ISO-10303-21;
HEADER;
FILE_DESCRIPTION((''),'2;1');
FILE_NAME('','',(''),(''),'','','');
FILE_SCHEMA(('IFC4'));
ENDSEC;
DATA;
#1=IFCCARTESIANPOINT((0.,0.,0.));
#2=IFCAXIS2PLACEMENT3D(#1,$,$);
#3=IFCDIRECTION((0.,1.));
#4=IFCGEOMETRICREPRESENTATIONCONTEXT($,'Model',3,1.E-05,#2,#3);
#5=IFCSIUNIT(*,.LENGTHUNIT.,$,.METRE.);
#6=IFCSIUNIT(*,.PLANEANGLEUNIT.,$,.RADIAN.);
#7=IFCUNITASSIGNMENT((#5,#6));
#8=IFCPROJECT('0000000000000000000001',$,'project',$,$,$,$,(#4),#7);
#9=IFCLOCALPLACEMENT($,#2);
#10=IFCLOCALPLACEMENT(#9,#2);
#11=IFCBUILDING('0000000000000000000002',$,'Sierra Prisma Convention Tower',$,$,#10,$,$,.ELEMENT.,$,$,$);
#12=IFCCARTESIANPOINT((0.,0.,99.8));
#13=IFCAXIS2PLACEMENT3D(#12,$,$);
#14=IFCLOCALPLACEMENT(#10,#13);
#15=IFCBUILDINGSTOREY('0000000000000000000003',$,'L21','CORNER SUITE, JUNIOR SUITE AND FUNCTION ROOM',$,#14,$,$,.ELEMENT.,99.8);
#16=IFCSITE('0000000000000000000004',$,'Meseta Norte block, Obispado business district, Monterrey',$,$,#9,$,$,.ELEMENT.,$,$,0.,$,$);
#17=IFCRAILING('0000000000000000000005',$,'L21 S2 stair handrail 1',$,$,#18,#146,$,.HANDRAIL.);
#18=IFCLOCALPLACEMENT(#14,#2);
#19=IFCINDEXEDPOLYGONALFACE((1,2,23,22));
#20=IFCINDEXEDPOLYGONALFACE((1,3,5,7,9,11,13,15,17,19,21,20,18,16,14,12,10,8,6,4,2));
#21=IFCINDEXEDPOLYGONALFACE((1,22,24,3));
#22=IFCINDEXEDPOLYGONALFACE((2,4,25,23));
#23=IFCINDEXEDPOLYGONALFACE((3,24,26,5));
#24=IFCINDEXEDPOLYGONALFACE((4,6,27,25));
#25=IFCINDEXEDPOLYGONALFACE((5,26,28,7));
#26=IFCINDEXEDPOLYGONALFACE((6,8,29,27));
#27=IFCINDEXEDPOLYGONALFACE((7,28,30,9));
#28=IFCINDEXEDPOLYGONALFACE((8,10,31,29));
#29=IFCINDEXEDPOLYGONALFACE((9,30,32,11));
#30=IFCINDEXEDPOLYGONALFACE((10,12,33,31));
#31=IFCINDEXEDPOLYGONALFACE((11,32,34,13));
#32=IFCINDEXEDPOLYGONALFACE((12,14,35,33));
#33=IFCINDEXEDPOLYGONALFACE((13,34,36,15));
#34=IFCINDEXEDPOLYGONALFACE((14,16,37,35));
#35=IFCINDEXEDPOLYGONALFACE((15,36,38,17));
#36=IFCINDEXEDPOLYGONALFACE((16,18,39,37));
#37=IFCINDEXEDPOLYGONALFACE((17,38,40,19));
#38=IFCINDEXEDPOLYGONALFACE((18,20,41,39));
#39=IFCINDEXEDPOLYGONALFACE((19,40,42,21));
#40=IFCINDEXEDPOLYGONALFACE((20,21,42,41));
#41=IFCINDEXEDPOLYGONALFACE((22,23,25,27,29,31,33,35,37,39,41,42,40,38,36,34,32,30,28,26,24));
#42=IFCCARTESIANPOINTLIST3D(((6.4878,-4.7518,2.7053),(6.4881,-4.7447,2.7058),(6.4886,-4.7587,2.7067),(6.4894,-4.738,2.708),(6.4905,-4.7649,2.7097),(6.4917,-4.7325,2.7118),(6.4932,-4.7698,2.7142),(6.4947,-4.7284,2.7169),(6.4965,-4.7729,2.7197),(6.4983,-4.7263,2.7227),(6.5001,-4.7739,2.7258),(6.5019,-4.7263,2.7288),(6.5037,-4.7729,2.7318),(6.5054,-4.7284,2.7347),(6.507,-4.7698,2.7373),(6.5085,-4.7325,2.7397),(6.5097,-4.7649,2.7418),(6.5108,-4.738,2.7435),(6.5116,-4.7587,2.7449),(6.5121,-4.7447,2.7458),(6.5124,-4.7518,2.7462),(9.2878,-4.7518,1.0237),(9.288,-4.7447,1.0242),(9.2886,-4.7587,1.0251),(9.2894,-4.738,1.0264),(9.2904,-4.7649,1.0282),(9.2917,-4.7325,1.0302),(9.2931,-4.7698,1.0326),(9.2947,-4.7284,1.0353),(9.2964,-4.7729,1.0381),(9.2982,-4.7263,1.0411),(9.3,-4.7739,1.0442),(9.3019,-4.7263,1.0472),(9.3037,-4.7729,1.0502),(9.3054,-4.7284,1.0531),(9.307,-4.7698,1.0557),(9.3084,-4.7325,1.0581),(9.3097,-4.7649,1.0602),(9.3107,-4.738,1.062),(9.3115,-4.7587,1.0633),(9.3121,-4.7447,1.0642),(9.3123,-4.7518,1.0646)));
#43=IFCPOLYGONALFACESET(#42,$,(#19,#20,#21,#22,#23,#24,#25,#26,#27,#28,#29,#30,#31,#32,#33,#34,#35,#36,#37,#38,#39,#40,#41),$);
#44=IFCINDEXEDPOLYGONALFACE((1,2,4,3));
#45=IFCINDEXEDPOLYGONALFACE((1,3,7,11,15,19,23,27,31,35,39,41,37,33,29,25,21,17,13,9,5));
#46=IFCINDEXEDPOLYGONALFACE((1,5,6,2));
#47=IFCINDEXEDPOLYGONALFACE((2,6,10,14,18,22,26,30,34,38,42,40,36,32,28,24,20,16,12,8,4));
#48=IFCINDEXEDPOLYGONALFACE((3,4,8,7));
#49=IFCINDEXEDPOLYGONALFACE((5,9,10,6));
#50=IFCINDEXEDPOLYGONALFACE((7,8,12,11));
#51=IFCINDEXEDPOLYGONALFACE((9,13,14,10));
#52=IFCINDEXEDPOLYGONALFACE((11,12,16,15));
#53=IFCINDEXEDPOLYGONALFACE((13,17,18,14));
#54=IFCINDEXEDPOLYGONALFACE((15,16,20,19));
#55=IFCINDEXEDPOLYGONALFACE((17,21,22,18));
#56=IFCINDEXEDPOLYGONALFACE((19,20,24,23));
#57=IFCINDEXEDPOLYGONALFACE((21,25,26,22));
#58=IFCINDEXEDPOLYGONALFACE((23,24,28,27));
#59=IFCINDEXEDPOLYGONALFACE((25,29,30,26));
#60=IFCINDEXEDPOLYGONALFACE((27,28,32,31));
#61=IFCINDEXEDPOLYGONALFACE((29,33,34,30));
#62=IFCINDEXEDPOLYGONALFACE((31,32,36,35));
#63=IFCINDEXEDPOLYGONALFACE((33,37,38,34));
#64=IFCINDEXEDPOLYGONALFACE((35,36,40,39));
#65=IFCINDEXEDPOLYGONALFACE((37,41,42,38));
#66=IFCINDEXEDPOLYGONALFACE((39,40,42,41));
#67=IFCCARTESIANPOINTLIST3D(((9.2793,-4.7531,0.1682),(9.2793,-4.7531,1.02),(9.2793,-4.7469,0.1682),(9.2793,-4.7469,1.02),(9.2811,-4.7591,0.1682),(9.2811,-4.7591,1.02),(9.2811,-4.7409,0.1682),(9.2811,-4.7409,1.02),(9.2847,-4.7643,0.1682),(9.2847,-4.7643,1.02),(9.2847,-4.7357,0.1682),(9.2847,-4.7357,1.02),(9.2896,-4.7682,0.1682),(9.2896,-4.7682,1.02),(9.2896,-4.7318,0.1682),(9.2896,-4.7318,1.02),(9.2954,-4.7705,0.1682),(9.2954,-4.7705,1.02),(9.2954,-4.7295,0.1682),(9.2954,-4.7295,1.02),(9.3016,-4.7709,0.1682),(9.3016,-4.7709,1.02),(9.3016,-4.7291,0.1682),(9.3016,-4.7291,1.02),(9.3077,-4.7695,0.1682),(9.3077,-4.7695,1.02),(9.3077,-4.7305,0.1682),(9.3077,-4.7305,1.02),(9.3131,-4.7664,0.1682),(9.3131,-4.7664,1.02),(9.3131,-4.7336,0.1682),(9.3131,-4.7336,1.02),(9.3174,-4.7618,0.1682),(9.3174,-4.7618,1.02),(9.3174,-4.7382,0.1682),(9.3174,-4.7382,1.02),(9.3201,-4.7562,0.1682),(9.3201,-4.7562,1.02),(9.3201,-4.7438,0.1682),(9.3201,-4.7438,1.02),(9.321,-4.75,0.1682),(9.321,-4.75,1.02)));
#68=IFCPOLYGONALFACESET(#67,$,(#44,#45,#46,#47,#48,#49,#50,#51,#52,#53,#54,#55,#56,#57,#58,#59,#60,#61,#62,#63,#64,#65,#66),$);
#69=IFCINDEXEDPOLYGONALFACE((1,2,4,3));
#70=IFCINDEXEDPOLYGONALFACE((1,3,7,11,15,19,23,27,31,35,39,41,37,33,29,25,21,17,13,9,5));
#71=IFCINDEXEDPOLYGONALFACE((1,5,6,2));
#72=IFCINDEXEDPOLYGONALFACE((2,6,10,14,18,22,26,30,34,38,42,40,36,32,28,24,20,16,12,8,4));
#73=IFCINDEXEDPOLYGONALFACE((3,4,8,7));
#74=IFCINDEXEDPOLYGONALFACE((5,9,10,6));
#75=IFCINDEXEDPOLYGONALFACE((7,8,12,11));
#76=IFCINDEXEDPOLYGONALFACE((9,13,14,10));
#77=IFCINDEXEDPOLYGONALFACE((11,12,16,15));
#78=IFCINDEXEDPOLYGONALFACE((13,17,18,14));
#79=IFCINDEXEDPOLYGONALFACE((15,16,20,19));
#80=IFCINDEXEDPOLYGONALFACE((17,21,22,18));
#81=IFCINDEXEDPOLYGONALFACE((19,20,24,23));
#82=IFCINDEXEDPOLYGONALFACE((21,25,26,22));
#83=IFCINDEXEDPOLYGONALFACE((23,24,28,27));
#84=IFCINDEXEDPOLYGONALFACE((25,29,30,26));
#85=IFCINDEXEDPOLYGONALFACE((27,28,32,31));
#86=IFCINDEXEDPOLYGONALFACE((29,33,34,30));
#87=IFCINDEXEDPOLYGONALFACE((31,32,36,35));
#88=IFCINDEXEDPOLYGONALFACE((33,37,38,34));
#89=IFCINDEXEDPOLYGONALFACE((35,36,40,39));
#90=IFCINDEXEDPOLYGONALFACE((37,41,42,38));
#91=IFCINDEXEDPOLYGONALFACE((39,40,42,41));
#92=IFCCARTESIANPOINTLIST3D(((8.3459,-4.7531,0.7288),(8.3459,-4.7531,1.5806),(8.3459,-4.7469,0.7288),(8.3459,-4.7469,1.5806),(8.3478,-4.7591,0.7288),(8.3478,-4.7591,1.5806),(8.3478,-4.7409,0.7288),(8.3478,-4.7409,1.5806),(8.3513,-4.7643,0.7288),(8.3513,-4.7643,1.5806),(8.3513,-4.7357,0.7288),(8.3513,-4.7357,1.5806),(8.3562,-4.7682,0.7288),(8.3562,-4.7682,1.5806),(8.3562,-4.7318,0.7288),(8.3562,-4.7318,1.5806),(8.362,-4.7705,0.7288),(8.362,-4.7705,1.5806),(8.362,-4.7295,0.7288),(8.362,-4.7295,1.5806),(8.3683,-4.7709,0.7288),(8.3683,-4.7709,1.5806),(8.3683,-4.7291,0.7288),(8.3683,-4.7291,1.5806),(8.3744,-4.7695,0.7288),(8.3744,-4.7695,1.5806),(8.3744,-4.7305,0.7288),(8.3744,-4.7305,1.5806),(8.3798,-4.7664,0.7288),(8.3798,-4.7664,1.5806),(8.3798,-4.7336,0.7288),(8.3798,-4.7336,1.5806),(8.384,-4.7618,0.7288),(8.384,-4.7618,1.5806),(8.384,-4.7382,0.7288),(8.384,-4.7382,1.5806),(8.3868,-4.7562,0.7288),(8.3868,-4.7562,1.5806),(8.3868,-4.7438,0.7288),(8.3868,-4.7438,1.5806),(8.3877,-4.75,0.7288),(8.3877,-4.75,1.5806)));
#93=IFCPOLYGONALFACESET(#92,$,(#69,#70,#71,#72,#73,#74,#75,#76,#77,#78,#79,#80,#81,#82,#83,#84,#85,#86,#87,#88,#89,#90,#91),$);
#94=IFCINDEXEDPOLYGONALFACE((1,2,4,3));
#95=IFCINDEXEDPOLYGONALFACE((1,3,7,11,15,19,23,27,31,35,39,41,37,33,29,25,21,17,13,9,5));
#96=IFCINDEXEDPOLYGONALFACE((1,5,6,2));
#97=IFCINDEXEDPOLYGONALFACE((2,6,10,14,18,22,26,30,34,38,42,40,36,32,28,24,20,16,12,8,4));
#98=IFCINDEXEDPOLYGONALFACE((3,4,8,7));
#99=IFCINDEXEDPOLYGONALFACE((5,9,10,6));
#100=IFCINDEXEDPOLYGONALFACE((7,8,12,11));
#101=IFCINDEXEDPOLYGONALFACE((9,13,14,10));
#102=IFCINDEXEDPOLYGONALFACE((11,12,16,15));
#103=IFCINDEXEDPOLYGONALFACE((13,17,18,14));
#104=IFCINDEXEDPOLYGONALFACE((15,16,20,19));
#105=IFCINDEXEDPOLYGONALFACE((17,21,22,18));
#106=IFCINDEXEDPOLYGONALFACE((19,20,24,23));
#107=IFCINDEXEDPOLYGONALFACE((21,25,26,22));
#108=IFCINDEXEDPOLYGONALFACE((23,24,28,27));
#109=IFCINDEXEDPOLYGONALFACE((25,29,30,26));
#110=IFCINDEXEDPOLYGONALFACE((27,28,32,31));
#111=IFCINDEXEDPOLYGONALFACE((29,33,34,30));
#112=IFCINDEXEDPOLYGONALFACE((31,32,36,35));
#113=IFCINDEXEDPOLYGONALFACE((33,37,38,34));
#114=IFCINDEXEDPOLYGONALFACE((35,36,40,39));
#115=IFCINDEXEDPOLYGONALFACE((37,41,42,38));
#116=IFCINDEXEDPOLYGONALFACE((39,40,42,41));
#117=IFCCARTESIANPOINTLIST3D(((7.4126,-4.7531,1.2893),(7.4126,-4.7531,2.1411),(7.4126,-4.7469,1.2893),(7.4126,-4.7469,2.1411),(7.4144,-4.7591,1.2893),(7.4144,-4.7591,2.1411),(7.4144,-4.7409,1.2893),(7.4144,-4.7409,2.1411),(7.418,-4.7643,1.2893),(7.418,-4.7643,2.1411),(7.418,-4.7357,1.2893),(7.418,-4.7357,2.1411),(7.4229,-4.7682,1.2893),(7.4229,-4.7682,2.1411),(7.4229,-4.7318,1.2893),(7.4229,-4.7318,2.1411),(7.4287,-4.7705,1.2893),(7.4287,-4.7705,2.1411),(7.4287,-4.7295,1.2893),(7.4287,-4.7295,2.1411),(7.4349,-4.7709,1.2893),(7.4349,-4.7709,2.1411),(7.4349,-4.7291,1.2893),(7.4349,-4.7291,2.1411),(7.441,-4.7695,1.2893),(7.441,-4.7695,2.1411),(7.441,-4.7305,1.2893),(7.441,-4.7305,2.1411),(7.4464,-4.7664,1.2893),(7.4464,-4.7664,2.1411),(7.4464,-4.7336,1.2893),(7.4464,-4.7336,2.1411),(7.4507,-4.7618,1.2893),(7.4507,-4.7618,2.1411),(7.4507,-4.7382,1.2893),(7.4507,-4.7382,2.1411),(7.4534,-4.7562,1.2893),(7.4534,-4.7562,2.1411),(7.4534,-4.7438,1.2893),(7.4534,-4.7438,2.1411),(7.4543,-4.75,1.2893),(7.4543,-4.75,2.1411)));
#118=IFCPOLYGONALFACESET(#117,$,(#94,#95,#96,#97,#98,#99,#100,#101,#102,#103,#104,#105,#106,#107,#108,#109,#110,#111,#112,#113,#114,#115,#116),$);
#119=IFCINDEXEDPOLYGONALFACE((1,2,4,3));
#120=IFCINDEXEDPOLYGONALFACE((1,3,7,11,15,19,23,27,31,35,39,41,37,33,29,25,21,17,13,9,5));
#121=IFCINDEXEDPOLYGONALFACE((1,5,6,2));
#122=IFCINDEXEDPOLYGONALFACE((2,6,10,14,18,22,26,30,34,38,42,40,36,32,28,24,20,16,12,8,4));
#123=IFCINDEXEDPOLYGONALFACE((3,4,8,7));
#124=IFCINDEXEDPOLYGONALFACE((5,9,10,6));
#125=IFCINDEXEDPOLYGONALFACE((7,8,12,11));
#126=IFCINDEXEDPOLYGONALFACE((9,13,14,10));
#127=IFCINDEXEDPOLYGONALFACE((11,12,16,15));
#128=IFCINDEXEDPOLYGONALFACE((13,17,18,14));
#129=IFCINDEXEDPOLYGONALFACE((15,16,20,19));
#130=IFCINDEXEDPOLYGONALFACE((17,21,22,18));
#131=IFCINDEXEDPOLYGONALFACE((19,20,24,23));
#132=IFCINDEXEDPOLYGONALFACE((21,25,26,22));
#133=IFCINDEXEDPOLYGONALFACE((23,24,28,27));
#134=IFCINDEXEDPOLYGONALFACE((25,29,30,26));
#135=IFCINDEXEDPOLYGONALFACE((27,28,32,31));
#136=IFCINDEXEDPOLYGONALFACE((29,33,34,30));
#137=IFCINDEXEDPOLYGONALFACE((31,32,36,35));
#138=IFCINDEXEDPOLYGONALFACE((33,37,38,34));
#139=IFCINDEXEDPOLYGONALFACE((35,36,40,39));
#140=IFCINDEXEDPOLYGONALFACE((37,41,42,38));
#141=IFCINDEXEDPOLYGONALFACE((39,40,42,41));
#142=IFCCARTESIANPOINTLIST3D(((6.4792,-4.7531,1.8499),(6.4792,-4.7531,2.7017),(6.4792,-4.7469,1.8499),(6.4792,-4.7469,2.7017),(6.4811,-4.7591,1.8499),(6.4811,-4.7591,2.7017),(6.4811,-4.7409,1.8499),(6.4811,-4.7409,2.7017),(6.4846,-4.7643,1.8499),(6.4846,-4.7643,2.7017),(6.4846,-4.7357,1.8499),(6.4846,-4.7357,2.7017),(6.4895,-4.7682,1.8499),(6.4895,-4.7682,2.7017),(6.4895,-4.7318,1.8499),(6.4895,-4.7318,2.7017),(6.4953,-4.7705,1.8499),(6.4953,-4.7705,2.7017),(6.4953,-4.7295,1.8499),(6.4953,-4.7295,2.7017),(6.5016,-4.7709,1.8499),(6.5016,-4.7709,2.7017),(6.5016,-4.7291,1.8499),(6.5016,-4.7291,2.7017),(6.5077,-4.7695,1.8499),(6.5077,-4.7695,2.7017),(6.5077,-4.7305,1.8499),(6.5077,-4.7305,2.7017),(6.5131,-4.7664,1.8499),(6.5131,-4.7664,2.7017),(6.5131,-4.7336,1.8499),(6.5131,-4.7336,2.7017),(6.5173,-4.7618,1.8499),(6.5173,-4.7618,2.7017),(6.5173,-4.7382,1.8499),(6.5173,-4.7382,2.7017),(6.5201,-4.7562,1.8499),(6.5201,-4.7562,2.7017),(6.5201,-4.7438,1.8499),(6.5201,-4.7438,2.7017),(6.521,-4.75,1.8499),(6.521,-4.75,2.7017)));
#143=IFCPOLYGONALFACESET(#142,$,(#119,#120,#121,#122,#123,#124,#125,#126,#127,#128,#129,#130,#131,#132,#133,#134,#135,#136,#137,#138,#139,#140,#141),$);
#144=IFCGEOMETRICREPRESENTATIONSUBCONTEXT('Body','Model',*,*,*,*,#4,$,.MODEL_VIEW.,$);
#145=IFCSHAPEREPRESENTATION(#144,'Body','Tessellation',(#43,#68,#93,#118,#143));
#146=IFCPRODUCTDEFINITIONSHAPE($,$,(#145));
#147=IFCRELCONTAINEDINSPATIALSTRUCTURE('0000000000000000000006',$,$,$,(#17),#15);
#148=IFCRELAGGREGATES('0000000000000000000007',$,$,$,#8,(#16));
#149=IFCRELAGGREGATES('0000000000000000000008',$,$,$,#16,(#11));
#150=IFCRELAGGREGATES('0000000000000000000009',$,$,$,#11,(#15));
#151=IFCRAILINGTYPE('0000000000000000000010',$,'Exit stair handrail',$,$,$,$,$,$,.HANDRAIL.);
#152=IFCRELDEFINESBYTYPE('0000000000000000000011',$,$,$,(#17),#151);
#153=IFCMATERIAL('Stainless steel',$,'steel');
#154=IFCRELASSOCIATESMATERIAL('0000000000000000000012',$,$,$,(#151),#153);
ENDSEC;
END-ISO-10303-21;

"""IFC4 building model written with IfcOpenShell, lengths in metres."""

from ifc_helpers import new_model, si_unit, direction, frame, origin, origin_2d, place, context, subcontext, project, spatial, circle, extrude, material, type_object, element, save


model = new_model("IFC4")

# Units and contexts
model_context = context("Model", 3, precision=1e-05, world=origin(), true_north=direction((0.0, 1.0)))
body_context = subcontext(model_context, "Body", "Model", "MODEL_VIEW")
ifc_project = project(units=[si_unit("LENGTHUNIT", "METRE"), si_unit("PLANEANGLEUNIT", "RADIAN")], contexts=[model_context])

# Site, building, storey
site_placement = place(None, origin())
site = spatial("IfcSite", under=ifc_project, at=site_placement, Name="Meseta Norte block, Obispado business district, Monterrey", CompositionType="ELEMENT", RefElevation=0.0)
building_placement = place(site_placement, origin())
building = spatial("IfcBuilding", under=site, at=building_placement, Name="Sierra Prisma Convention Tower", CompositionType="ELEMENT")
storey_placement = place(building_placement, frame((0.0, 0.0, 99.8)))
storey = spatial("IfcBuildingStorey", under=building, at=storey_placement, Name="L21", Description="CORNER SUITE, JUNIOR SUITE AND FUNCTION ROOM", CompositionType="ELEMENT", Elevation=99.8)

# Railing
ifc_material_1 = material(Name="Stainless steel", Category="steel")
railing_type_1 = type_object("IfcRailingType", Name="Exit stair handrail", PredefinedType="HANDRAIL", material=ifc_material_1)
railing_1_placement = place(storey_placement, frame((9.3, -4.75, 0.1682)))
element("IfcRailing", 1, at=railing_1_placement, inside=storey, type_object=railing_type_1, Name="L21 S2 stair handrail 1", PredefinedType="HANDRAIL", context=body_context, shape_type="SweptSolid", body=[
    extrude(circle(Radius=0.0239, at=origin_2d()), frame((0.0, 0.0, 0.876), z_axis=(-0.857275, 0.0, 0.514858), x_axis=(0.0, -1.0, 0.0)), (0.0, 0.0, 1.0), 3.2661),
    extrude(circle(Radius=0.021, at=origin_2d()), origin(), (0.0, 0.0, 1.0), 0.8518),
    extrude(circle(Radius=0.021, at=origin_2d()), frame((-0.9333, 0.0, 0.5605)), (0.0, 0.0, 1.0), 0.8518),
    extrude(circle(Radius=0.021, at=origin_2d()), frame((-1.8667, 0.0, 1.1211)), (0.0, 0.0, 1.0), 0.8518),
    extrude(circle(Radius=0.021, at=origin_2d()), frame((-2.8, 0.0, 1.6816)), (0.0, 0.0, 1.0), 0.8518),
])

save(model, "model.ifc")
